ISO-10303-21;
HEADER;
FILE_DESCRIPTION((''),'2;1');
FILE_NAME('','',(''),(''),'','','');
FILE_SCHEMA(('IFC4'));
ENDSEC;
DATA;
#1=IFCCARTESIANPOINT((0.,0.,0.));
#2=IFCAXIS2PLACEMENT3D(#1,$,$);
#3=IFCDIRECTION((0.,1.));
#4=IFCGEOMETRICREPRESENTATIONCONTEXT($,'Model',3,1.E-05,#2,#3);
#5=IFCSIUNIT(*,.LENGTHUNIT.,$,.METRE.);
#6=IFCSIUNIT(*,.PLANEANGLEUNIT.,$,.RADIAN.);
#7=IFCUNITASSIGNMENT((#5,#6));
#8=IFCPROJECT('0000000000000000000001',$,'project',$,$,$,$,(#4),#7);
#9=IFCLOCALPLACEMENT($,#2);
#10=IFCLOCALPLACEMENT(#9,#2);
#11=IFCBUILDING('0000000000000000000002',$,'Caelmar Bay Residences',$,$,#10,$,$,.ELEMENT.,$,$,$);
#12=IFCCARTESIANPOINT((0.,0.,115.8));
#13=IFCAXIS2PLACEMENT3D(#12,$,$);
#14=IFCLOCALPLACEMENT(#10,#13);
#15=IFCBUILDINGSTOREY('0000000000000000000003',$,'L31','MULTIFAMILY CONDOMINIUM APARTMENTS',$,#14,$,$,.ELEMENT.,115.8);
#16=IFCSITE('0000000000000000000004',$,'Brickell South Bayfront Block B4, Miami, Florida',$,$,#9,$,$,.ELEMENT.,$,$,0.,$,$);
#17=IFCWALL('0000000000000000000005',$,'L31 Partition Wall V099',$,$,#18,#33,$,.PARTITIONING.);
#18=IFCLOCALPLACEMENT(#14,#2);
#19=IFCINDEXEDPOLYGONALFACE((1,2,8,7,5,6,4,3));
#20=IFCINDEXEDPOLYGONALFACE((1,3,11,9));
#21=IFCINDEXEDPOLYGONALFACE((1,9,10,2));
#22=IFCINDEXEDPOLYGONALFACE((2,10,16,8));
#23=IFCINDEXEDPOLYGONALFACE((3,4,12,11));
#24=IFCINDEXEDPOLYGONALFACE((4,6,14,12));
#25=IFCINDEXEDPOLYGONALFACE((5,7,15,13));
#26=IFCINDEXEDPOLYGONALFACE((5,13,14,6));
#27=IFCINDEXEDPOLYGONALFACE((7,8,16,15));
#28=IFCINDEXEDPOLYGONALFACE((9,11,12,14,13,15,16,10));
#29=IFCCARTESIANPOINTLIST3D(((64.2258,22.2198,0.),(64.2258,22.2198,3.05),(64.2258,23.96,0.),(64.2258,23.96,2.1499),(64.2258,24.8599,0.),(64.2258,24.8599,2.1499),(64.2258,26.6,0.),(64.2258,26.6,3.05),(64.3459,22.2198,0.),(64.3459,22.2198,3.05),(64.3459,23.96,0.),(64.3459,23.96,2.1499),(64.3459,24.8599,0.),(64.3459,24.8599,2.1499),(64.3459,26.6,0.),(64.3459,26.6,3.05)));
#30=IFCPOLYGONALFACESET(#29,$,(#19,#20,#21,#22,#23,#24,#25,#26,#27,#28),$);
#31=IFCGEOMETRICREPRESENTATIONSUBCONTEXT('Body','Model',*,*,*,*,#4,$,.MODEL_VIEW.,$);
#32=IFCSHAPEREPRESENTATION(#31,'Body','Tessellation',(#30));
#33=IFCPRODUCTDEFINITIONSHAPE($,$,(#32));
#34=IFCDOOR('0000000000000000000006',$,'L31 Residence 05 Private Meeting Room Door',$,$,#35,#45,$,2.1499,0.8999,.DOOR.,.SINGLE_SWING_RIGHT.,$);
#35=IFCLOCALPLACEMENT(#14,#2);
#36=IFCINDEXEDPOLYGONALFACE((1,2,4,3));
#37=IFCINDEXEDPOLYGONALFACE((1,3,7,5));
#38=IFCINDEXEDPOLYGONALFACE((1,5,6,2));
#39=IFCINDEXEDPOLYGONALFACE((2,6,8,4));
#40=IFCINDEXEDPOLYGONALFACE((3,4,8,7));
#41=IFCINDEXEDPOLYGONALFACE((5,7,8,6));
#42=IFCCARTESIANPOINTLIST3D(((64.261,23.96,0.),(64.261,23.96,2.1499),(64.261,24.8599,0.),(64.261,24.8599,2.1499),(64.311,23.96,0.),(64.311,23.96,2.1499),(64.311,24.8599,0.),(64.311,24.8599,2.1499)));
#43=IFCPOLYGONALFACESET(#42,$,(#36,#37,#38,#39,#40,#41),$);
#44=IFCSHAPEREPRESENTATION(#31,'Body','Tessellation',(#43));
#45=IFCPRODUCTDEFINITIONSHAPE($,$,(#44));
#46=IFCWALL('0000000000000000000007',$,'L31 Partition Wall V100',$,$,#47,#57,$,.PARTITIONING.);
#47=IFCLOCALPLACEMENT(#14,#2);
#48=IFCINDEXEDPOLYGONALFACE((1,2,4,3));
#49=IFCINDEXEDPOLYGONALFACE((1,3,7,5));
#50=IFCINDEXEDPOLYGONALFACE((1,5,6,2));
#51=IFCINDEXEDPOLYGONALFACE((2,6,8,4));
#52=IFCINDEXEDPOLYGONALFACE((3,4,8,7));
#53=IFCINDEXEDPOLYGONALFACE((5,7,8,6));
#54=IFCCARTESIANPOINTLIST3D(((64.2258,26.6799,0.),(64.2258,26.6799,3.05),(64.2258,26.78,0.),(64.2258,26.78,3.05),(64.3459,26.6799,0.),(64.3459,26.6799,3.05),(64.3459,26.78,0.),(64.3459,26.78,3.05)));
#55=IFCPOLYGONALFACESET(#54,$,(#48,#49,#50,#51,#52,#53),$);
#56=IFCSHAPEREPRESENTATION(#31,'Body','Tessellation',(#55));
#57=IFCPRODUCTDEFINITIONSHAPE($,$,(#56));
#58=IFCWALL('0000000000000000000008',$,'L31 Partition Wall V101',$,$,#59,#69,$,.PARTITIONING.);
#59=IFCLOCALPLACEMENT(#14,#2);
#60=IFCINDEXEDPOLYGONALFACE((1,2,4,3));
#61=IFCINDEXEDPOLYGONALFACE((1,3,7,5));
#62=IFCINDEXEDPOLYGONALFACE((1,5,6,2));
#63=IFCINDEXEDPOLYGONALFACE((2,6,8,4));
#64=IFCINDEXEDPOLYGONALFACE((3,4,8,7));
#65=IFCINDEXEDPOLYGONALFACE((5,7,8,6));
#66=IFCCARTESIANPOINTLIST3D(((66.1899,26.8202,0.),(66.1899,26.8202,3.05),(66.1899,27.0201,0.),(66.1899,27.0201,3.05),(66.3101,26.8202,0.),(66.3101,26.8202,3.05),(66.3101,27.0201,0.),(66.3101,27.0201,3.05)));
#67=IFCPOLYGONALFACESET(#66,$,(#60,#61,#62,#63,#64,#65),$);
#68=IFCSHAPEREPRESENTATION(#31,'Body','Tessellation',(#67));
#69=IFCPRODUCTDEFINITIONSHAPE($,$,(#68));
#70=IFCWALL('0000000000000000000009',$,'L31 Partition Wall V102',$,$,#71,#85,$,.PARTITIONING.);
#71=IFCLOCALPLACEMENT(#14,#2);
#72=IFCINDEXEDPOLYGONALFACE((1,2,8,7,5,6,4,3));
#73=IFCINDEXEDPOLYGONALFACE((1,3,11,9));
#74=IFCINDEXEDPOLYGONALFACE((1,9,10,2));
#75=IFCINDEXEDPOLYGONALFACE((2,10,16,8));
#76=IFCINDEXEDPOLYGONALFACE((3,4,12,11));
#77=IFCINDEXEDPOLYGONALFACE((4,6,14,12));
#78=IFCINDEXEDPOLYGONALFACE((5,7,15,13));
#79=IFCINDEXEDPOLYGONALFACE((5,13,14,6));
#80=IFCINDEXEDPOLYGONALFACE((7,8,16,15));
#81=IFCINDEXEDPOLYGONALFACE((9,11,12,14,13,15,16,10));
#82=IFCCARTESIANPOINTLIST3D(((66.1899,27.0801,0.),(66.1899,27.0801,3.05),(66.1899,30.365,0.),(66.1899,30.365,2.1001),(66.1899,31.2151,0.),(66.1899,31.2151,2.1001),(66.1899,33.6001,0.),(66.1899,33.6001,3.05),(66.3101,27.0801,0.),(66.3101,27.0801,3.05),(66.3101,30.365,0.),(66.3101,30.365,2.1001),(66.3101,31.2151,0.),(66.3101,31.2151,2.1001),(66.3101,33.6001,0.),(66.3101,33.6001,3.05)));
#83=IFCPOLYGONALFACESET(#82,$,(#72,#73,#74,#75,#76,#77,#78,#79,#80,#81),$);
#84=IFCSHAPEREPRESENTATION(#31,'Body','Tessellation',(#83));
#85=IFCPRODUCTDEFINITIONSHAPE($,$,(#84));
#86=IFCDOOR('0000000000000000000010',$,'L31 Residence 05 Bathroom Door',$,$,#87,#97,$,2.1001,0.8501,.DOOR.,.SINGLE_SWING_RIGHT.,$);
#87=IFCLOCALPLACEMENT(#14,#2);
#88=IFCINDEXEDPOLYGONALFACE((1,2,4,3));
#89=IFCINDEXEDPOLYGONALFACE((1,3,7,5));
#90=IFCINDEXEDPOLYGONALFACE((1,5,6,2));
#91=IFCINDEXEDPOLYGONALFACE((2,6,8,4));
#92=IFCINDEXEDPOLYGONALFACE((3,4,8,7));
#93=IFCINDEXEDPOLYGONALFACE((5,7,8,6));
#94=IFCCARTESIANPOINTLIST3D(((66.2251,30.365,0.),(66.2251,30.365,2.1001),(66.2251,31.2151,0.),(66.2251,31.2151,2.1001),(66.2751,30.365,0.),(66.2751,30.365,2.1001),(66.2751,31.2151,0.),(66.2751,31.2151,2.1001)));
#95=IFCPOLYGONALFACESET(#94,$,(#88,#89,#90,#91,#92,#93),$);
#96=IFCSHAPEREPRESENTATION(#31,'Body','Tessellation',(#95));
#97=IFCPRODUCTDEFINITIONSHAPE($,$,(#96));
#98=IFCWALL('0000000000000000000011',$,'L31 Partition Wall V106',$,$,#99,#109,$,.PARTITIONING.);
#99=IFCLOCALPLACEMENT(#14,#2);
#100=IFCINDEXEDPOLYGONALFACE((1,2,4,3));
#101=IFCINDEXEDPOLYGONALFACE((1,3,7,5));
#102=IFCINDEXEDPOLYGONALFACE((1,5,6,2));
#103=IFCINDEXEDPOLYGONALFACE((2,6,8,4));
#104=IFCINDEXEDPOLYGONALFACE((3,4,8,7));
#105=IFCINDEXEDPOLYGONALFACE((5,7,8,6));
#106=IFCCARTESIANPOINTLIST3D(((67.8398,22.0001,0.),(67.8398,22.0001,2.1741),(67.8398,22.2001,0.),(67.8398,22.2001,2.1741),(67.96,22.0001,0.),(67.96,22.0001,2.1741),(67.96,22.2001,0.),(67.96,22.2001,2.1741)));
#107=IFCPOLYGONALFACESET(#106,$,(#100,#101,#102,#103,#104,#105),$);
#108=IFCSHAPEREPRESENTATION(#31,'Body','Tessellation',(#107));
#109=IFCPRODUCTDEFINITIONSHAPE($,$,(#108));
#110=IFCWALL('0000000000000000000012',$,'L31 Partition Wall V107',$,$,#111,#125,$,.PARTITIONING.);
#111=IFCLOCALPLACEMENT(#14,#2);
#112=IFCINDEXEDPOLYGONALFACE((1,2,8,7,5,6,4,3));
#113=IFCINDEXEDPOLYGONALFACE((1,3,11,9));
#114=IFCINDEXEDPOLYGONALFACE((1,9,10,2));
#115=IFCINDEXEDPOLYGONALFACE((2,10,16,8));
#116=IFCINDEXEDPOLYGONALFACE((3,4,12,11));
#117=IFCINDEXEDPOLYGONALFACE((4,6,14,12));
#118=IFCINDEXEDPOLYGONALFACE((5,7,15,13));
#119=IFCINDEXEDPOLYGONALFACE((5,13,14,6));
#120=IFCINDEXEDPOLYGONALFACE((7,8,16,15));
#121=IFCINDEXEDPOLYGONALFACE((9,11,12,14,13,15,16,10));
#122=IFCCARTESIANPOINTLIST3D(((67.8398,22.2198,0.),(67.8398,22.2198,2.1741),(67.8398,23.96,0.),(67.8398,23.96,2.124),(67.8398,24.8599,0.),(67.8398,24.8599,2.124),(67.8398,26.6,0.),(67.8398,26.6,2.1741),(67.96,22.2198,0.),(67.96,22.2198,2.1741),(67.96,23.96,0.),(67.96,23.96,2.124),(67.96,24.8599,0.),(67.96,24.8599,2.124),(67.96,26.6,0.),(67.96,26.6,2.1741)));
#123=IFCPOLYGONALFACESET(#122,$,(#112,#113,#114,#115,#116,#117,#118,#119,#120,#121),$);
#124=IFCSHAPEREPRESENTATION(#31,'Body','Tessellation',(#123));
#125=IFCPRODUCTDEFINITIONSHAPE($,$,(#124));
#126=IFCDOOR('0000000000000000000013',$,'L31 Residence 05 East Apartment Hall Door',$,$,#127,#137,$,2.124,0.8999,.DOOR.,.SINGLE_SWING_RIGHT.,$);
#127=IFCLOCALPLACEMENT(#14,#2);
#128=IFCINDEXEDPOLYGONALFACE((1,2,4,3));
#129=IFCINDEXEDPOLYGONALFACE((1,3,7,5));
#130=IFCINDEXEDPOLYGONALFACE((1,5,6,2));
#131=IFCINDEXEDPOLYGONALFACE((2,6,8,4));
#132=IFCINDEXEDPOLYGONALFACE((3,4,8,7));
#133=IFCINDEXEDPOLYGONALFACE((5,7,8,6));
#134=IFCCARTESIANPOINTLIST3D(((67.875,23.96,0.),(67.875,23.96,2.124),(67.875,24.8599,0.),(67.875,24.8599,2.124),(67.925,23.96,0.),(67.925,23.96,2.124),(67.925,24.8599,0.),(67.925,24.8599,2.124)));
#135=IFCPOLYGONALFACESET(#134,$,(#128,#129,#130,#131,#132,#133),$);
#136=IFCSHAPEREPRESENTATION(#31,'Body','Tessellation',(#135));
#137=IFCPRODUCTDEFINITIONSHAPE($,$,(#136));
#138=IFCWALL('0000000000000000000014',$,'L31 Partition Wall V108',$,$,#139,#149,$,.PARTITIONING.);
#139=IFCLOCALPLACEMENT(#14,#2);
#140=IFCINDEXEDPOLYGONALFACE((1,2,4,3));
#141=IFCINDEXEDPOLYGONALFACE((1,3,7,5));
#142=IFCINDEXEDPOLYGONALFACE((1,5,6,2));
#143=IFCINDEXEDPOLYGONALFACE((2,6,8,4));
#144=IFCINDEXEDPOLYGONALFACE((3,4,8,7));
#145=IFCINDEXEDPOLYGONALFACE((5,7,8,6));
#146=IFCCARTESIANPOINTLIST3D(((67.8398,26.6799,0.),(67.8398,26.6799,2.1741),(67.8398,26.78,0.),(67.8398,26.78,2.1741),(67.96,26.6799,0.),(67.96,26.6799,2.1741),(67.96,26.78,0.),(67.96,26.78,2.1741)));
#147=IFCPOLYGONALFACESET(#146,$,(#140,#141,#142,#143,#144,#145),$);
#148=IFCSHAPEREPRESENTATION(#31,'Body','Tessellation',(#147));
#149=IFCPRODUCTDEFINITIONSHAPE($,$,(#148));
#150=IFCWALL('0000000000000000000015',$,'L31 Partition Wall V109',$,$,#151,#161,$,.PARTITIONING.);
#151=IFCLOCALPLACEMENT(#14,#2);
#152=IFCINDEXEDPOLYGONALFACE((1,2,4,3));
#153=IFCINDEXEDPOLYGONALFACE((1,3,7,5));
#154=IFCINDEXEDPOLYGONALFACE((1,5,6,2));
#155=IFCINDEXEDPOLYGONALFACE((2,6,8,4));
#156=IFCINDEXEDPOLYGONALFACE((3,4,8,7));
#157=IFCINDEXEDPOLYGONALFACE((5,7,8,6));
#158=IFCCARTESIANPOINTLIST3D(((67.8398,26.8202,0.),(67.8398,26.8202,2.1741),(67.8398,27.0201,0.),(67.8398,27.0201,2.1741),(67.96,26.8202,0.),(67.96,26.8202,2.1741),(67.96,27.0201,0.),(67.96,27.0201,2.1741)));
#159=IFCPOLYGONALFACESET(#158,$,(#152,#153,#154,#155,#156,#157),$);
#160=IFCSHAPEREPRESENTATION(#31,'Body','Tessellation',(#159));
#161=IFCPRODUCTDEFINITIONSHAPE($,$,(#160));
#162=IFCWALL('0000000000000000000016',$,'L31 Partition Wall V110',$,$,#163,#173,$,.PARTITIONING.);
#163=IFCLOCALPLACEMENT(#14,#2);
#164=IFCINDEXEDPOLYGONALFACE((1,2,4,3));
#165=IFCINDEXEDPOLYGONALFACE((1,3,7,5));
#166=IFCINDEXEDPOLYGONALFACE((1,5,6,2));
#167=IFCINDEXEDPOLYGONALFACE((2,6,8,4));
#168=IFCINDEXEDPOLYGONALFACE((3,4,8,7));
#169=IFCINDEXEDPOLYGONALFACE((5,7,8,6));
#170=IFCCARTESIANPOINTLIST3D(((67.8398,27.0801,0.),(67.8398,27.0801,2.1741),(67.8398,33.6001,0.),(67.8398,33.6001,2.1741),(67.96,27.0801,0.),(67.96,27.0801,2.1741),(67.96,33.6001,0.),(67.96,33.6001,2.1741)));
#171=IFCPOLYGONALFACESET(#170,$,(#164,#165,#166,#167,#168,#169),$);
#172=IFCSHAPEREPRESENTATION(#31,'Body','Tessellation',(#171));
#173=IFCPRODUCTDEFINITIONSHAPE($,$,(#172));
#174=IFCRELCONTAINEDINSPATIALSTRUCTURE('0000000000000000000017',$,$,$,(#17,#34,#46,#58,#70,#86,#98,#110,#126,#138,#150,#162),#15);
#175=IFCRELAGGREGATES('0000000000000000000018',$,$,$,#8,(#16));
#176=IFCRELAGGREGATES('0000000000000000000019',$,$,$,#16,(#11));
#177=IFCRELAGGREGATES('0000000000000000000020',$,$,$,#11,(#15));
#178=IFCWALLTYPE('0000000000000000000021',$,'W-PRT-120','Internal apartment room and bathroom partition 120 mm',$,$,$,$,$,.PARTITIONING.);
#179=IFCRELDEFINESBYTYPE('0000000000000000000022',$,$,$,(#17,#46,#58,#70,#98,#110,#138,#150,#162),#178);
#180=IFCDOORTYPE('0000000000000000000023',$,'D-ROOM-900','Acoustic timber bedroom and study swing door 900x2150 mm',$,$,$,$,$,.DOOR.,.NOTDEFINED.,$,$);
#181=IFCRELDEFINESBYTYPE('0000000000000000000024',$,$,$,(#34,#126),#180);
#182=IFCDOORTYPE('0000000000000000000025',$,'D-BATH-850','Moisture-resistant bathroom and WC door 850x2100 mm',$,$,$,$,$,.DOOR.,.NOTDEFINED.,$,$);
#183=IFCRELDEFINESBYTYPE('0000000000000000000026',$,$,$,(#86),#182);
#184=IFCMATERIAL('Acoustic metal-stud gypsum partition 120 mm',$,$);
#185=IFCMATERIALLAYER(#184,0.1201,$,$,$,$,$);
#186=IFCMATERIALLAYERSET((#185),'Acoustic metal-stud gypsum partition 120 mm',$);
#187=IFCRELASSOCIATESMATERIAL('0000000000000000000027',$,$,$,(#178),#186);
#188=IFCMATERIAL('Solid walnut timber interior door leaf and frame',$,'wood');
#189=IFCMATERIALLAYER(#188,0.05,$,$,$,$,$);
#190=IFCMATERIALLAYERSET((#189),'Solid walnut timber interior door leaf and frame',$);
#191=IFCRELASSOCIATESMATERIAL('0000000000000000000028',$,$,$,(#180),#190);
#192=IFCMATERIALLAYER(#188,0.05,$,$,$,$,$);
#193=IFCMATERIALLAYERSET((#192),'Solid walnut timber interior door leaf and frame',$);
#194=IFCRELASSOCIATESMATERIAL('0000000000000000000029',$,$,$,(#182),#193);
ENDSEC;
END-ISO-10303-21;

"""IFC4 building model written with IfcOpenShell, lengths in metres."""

from ifc_helpers import new_model, si_unit, direction, frame, frame_2d, origin, place, context, subcontext, project, spatial, rectangle, extrude, material, layer, layer_set, type_object, element, fill, save


model = new_model("IFC4")

# Units and contexts
model_context = context("Model", 3, precision=1e-05, world=origin(), true_north=direction((0.0, 1.0)))
body_context = subcontext(model_context, "Body", "Model", "MODEL_VIEW")
ifc_project = project(units=[si_unit("LENGTHUNIT", "METRE"), si_unit("PLANEANGLEUNIT", "RADIAN")], contexts=[model_context])

# Site, building, storey
site_placement = place(None, origin())
site = spatial("IfcSite", under=ifc_project, at=site_placement, Name="Brickell South Bayfront Block B4, Miami, Florida", CompositionType="ELEMENT", RefElevation=0.0)
building_placement = place(site_placement, origin())
building = spatial("IfcBuilding", under=site, at=building_placement, Name="Caelmar Bay Residences", CompositionType="ELEMENT")
storey_placement = place(building_placement, frame((0.0, 0.0, 115.8)))
storey = spatial("IfcBuildingStorey", under=building, at=storey_placement, Name="L31", Description="MULTIFAMILY CONDOMINIUM APARTMENTS", CompositionType="ELEMENT", Elevation=115.8)

# Shared definitions
ifc_material_1 = material(Name="Acoustic metal-stud gypsum partition 120 mm")
ifc_layer_1 = layer(ifc_material_1, 0.1201)
ifc_layer_set_1 = layer_set([ifc_layer_1], Name="Acoustic metal-stud gypsum partition 120 mm")
wall_type = type_object("IfcWallType", Name="W-PRT-120", Description="Internal apartment room and bathroom partition 120 mm", PredefinedType="PARTITIONING", material=ifc_layer_set_1)

# Wall, opening, door
wall_1_placement = place(storey_placement, frame((64.2859, 22.22, 0.0), z_axis=(0.0, 0.0, 1.0), x_axis=(0.0, 1.0, 0.0)))
wall_1 = element("IfcWall", 1, at=wall_1_placement, inside=storey, type_object=wall_type, Name="L31 Partition Wall V099", PredefinedType="PARTITIONING", context=body_context, shape_type="SweptSolid", body=[
    extrude(rectangle(XDim=4.3801, YDim=0.1201, at=frame_2d((2.1899, 0.0))), origin(), (0.0, 0.0, 1.0), 3.05),
])
opening_1_placement = place(wall_1_placement, frame((1.74, 0.0, 0.0)))
opening_1 = element("IfcOpeningElement", 2, at=opening_1_placement, cuts=wall_1, PredefinedType="OPENING", context=body_context, shape_type="SweptSolid", body=[
    extrude(rectangle(XDim=0.8999, YDim=2.1499, at=frame_2d((0.45, 1.075))), frame((0.0, 0.0701, 0.0), z_axis=(0.0, -1.0, 0.0), x_axis=(1.0, 0.0, 0.0)), (0.0, 0.0, 1.0), 0.1401),
])
ifc_material_2 = material(Name="Solid walnut timber interior door leaf and frame", Category="wood")
ifc_layer_2 = layer(ifc_material_2, 0.05)
ifc_layer_set_2 = layer_set([ifc_layer_2], Name="Solid walnut timber interior door leaf and frame")
door_type_1 = type_object("IfcDoorType", Name="D-ROOM-900", Description="Acoustic timber bedroom and study swing door 900x2150 mm", OperationType="NOTDEFINED", PredefinedType="DOOR", material=ifc_layer_set_2)
door_1_placement = place(opening_1_placement, origin())
door_1 = element("IfcDoor", 3, at=door_1_placement, inside=storey, type_object=door_type_1, Name="L31 Residence 05 Private Meeting Room Door", OperationType="SINGLE_SWING_RIGHT", OverallHeight=2.1499, OverallWidth=0.8999, PredefinedType="DOOR", context=body_context, shape_type="SweptSolid", body=[
    extrude(rectangle(XDim=0.8999, YDim=2.1499, at=frame_2d((0.45, 1.075))), frame((0.0, 0.0249, 0.0), z_axis=(0.0, -1.0, 0.0), x_axis=(1.0, 0.0, 0.0)), (0.0, 0.0, 1.0), 0.05),
])
fill(opening_1, door_1)

# Walls
wall_2_placement = place(storey_placement, frame((64.2859, 26.6799, 0.0), z_axis=(0.0, 0.0, 1.0), x_axis=(0.0, 1.0, 0.0)))
element("IfcWall", 4, at=wall_2_placement, inside=storey, type_object=wall_type, Name="L31 Partition Wall V100", PredefinedType="PARTITIONING", context=body_context, shape_type="SweptSolid", body=[
    extrude(rectangle(XDim=0.1001, YDim=0.1201, at=frame_2d((0.05, 0.0))), origin(), (0.0, 0.0, 1.0), 3.05),
])
wall_3_placement = place(storey_placement, frame((66.25, 26.8201, 0.0), z_axis=(0.0, 0.0, 1.0), x_axis=(0.0, 1.0, 0.0)))
element("IfcWall", 5, at=wall_3_placement, inside=storey, type_object=wall_type, Name="L31 Partition Wall V101", PredefinedType="PARTITIONING", context=body_context, shape_type="SweptSolid", body=[
    extrude(rectangle(XDim=0.2, YDim=0.1201, at=frame_2d((0.1001, 0.0))), origin(), (0.0, 0.0, 1.0), 3.05),
])

# Wall, opening, door
wall_4_placement = place(storey_placement, frame((66.25, 27.0801, 0.0), z_axis=(0.0, 0.0, 1.0), x_axis=(0.0, 1.0, 0.0)))
wall_4 = element("IfcWall", 6, at=wall_4_placement, inside=storey, type_object=wall_type, Name="L31 Partition Wall V102", PredefinedType="PARTITIONING", context=body_context, shape_type="SweptSolid", body=[
    extrude(rectangle(XDim=6.52, YDim=0.1201, at=frame_2d((3.26, 0.0))), origin(), (0.0, 0.0, 1.0), 3.05),
])
opening_2_placement = place(wall_4_placement, frame((3.2849, 0.0, 0.0)))
opening_2 = element("IfcOpeningElement", 7, at=opening_2_placement, cuts=wall_4, PredefinedType="OPENING", context=body_context, shape_type="SweptSolid", body=[
    extrude(rectangle(XDim=0.8501, YDim=2.1001, at=frame_2d((0.425, 1.05))), frame((0.0, 0.0701, 0.0), z_axis=(0.0, -1.0, 0.0), x_axis=(1.0, 0.0, 0.0)), (0.0, 0.0, 1.0), 0.1401),
])
ifc_layer_3 = layer(ifc_material_2, 0.05)
ifc_layer_set_3 = layer_set([ifc_layer_3], Name="Solid walnut timber interior door leaf and frame")
door_type_2 = type_object("IfcDoorType", Name="D-BATH-850", Description="Moisture-resistant bathroom and WC door 850x2100 mm", OperationType="NOTDEFINED", PredefinedType="DOOR", material=ifc_layer_set_3)
door_2_placement = place(opening_2_placement, origin())
door_2 = element("IfcDoor", 8, at=door_2_placement, inside=storey, type_object=door_type_2, Name="L31 Residence 05 Bathroom Door", OperationType="SINGLE_SWING_RIGHT", OverallHeight=2.1001, OverallWidth=0.8501, PredefinedType="DOOR", context=body_context, shape_type="SweptSolid", body=[
    extrude(rectangle(XDim=0.8501, YDim=2.1001, at=frame_2d((0.425, 1.05))), frame((0.0, 0.0249, 0.0), z_axis=(0.0, -1.0, 0.0), x_axis=(1.0, 0.0, 0.0)), (0.0, 0.0, 1.0), 0.05),
])
fill(opening_2, door_2)

# Wall
wall_5_placement = place(storey_placement, frame((67.8999, 22.0, 0.0), z_axis=(0.0, 0.0, 1.0), x_axis=(0.0, 1.0, 0.0)))
element("IfcWall", 9, at=wall_5_placement, inside=storey, type_object=wall_type, Name="L31 Partition Wall V106", PredefinedType="PARTITIONING", context=body_context, shape_type="SweptSolid", body=[
    extrude(rectangle(XDim=0.2, YDim=0.1201, at=frame_2d((0.1001, 0.0))), origin(), (0.0, 0.0, 1.0), 2.1741),
])

# Wall, opening, door
wall_6_placement = place(storey_placement, frame((67.8999, 22.22, 0.0), z_axis=(0.0, 0.0, 1.0), x_axis=(0.0, 1.0, 0.0)))
wall_6 = element("IfcWall", 10, at=wall_6_placement, inside=storey, type_object=wall_type, Name="L31 Partition Wall V107", PredefinedType="PARTITIONING", context=body_context, shape_type="SweptSolid", body=[
    extrude(rectangle(XDim=4.3801, YDim=0.1201, at=frame_2d((2.1899, 0.0))), origin(), (0.0, 0.0, 1.0), 2.1741),
])
opening_3_placement = place(wall_6_placement, frame((1.74, 0.0, 0.0)))
opening_3 = element("IfcOpeningElement", 11, at=opening_3_placement, cuts=wall_6, PredefinedType="OPENING", context=body_context, shape_type="SweptSolid", body=[
    extrude(rectangle(XDim=0.8999, YDim=2.124, at=frame_2d((0.45, 1.062))), frame((0.0, 0.0701, 0.0), z_axis=(0.0, -1.0, 0.0), x_axis=(1.0, 0.0, 0.0)), (0.0, 0.0, 1.0), 0.1401),
])
door_3_placement = place(opening_3_placement, origin())
door_3 = element("IfcDoor", 12, at=door_3_placement, inside=storey, type_object=door_type_1, Name="L31 Residence 05 East Apartment Hall Door", OperationType="SINGLE_SWING_RIGHT", OverallHeight=2.124, OverallWidth=0.8999, PredefinedType="DOOR", context=body_context, shape_type="SweptSolid", body=[
    extrude(rectangle(XDim=0.8999, YDim=2.124, at=frame_2d((0.45, 1.062))), frame((0.0, 0.0249, 0.0), z_axis=(0.0, -1.0, 0.0), x_axis=(1.0, 0.0, 0.0)), (0.0, 0.0, 1.0), 0.05),
])
fill(opening_3, door_3)

# Walls
wall_7_placement = place(storey_placement, frame((67.8999, 26.6799, 0.0), z_axis=(0.0, 0.0, 1.0), x_axis=(0.0, 1.0, 0.0)))
element("IfcWall", 13, at=wall_7_placement, inside=storey, type_object=wall_type, Name="L31 Partition Wall V108", PredefinedType="PARTITIONING", context=body_context, shape_type="SweptSolid", body=[
    extrude(rectangle(XDim=0.1001, YDim=0.1201, at=frame_2d((0.05, 0.0))), origin(), (0.0, 0.0, 1.0), 2.1741),
])
wall_8_placement = place(storey_placement, frame((67.8999, 26.8201, 0.0), z_axis=(0.0, 0.0, 1.0), x_axis=(0.0, 1.0, 0.0)))
element("IfcWall", 14, at=wall_8_placement, inside=storey, type_object=wall_type, Name="L31 Partition Wall V109", PredefinedType="PARTITIONING", context=body_context, shape_type="SweptSolid", body=[
    extrude(rectangle(XDim=0.2, YDim=0.1201, at=frame_2d((0.1001, 0.0))), origin(), (0.0, 0.0, 1.0), 2.1741),
])
wall_9_placement = place(storey_placement, frame((67.8999, 27.0801, 0.0), z_axis=(0.0, 0.0, 1.0), x_axis=(0.0, 1.0, 0.0)))
element("IfcWall", 15, at=wall_9_placement, inside=storey, type_object=wall_type, Name="L31 Partition Wall V110", PredefinedType="PARTITIONING", context=body_context, shape_type="SweptSolid", body=[
    extrude(rectangle(XDim=6.52, YDim=0.1201, at=frame_2d((3.26, 0.0))), origin(), (0.0, 0.0, 1.0), 2.1741),
])

save(model, "model.ifc")
